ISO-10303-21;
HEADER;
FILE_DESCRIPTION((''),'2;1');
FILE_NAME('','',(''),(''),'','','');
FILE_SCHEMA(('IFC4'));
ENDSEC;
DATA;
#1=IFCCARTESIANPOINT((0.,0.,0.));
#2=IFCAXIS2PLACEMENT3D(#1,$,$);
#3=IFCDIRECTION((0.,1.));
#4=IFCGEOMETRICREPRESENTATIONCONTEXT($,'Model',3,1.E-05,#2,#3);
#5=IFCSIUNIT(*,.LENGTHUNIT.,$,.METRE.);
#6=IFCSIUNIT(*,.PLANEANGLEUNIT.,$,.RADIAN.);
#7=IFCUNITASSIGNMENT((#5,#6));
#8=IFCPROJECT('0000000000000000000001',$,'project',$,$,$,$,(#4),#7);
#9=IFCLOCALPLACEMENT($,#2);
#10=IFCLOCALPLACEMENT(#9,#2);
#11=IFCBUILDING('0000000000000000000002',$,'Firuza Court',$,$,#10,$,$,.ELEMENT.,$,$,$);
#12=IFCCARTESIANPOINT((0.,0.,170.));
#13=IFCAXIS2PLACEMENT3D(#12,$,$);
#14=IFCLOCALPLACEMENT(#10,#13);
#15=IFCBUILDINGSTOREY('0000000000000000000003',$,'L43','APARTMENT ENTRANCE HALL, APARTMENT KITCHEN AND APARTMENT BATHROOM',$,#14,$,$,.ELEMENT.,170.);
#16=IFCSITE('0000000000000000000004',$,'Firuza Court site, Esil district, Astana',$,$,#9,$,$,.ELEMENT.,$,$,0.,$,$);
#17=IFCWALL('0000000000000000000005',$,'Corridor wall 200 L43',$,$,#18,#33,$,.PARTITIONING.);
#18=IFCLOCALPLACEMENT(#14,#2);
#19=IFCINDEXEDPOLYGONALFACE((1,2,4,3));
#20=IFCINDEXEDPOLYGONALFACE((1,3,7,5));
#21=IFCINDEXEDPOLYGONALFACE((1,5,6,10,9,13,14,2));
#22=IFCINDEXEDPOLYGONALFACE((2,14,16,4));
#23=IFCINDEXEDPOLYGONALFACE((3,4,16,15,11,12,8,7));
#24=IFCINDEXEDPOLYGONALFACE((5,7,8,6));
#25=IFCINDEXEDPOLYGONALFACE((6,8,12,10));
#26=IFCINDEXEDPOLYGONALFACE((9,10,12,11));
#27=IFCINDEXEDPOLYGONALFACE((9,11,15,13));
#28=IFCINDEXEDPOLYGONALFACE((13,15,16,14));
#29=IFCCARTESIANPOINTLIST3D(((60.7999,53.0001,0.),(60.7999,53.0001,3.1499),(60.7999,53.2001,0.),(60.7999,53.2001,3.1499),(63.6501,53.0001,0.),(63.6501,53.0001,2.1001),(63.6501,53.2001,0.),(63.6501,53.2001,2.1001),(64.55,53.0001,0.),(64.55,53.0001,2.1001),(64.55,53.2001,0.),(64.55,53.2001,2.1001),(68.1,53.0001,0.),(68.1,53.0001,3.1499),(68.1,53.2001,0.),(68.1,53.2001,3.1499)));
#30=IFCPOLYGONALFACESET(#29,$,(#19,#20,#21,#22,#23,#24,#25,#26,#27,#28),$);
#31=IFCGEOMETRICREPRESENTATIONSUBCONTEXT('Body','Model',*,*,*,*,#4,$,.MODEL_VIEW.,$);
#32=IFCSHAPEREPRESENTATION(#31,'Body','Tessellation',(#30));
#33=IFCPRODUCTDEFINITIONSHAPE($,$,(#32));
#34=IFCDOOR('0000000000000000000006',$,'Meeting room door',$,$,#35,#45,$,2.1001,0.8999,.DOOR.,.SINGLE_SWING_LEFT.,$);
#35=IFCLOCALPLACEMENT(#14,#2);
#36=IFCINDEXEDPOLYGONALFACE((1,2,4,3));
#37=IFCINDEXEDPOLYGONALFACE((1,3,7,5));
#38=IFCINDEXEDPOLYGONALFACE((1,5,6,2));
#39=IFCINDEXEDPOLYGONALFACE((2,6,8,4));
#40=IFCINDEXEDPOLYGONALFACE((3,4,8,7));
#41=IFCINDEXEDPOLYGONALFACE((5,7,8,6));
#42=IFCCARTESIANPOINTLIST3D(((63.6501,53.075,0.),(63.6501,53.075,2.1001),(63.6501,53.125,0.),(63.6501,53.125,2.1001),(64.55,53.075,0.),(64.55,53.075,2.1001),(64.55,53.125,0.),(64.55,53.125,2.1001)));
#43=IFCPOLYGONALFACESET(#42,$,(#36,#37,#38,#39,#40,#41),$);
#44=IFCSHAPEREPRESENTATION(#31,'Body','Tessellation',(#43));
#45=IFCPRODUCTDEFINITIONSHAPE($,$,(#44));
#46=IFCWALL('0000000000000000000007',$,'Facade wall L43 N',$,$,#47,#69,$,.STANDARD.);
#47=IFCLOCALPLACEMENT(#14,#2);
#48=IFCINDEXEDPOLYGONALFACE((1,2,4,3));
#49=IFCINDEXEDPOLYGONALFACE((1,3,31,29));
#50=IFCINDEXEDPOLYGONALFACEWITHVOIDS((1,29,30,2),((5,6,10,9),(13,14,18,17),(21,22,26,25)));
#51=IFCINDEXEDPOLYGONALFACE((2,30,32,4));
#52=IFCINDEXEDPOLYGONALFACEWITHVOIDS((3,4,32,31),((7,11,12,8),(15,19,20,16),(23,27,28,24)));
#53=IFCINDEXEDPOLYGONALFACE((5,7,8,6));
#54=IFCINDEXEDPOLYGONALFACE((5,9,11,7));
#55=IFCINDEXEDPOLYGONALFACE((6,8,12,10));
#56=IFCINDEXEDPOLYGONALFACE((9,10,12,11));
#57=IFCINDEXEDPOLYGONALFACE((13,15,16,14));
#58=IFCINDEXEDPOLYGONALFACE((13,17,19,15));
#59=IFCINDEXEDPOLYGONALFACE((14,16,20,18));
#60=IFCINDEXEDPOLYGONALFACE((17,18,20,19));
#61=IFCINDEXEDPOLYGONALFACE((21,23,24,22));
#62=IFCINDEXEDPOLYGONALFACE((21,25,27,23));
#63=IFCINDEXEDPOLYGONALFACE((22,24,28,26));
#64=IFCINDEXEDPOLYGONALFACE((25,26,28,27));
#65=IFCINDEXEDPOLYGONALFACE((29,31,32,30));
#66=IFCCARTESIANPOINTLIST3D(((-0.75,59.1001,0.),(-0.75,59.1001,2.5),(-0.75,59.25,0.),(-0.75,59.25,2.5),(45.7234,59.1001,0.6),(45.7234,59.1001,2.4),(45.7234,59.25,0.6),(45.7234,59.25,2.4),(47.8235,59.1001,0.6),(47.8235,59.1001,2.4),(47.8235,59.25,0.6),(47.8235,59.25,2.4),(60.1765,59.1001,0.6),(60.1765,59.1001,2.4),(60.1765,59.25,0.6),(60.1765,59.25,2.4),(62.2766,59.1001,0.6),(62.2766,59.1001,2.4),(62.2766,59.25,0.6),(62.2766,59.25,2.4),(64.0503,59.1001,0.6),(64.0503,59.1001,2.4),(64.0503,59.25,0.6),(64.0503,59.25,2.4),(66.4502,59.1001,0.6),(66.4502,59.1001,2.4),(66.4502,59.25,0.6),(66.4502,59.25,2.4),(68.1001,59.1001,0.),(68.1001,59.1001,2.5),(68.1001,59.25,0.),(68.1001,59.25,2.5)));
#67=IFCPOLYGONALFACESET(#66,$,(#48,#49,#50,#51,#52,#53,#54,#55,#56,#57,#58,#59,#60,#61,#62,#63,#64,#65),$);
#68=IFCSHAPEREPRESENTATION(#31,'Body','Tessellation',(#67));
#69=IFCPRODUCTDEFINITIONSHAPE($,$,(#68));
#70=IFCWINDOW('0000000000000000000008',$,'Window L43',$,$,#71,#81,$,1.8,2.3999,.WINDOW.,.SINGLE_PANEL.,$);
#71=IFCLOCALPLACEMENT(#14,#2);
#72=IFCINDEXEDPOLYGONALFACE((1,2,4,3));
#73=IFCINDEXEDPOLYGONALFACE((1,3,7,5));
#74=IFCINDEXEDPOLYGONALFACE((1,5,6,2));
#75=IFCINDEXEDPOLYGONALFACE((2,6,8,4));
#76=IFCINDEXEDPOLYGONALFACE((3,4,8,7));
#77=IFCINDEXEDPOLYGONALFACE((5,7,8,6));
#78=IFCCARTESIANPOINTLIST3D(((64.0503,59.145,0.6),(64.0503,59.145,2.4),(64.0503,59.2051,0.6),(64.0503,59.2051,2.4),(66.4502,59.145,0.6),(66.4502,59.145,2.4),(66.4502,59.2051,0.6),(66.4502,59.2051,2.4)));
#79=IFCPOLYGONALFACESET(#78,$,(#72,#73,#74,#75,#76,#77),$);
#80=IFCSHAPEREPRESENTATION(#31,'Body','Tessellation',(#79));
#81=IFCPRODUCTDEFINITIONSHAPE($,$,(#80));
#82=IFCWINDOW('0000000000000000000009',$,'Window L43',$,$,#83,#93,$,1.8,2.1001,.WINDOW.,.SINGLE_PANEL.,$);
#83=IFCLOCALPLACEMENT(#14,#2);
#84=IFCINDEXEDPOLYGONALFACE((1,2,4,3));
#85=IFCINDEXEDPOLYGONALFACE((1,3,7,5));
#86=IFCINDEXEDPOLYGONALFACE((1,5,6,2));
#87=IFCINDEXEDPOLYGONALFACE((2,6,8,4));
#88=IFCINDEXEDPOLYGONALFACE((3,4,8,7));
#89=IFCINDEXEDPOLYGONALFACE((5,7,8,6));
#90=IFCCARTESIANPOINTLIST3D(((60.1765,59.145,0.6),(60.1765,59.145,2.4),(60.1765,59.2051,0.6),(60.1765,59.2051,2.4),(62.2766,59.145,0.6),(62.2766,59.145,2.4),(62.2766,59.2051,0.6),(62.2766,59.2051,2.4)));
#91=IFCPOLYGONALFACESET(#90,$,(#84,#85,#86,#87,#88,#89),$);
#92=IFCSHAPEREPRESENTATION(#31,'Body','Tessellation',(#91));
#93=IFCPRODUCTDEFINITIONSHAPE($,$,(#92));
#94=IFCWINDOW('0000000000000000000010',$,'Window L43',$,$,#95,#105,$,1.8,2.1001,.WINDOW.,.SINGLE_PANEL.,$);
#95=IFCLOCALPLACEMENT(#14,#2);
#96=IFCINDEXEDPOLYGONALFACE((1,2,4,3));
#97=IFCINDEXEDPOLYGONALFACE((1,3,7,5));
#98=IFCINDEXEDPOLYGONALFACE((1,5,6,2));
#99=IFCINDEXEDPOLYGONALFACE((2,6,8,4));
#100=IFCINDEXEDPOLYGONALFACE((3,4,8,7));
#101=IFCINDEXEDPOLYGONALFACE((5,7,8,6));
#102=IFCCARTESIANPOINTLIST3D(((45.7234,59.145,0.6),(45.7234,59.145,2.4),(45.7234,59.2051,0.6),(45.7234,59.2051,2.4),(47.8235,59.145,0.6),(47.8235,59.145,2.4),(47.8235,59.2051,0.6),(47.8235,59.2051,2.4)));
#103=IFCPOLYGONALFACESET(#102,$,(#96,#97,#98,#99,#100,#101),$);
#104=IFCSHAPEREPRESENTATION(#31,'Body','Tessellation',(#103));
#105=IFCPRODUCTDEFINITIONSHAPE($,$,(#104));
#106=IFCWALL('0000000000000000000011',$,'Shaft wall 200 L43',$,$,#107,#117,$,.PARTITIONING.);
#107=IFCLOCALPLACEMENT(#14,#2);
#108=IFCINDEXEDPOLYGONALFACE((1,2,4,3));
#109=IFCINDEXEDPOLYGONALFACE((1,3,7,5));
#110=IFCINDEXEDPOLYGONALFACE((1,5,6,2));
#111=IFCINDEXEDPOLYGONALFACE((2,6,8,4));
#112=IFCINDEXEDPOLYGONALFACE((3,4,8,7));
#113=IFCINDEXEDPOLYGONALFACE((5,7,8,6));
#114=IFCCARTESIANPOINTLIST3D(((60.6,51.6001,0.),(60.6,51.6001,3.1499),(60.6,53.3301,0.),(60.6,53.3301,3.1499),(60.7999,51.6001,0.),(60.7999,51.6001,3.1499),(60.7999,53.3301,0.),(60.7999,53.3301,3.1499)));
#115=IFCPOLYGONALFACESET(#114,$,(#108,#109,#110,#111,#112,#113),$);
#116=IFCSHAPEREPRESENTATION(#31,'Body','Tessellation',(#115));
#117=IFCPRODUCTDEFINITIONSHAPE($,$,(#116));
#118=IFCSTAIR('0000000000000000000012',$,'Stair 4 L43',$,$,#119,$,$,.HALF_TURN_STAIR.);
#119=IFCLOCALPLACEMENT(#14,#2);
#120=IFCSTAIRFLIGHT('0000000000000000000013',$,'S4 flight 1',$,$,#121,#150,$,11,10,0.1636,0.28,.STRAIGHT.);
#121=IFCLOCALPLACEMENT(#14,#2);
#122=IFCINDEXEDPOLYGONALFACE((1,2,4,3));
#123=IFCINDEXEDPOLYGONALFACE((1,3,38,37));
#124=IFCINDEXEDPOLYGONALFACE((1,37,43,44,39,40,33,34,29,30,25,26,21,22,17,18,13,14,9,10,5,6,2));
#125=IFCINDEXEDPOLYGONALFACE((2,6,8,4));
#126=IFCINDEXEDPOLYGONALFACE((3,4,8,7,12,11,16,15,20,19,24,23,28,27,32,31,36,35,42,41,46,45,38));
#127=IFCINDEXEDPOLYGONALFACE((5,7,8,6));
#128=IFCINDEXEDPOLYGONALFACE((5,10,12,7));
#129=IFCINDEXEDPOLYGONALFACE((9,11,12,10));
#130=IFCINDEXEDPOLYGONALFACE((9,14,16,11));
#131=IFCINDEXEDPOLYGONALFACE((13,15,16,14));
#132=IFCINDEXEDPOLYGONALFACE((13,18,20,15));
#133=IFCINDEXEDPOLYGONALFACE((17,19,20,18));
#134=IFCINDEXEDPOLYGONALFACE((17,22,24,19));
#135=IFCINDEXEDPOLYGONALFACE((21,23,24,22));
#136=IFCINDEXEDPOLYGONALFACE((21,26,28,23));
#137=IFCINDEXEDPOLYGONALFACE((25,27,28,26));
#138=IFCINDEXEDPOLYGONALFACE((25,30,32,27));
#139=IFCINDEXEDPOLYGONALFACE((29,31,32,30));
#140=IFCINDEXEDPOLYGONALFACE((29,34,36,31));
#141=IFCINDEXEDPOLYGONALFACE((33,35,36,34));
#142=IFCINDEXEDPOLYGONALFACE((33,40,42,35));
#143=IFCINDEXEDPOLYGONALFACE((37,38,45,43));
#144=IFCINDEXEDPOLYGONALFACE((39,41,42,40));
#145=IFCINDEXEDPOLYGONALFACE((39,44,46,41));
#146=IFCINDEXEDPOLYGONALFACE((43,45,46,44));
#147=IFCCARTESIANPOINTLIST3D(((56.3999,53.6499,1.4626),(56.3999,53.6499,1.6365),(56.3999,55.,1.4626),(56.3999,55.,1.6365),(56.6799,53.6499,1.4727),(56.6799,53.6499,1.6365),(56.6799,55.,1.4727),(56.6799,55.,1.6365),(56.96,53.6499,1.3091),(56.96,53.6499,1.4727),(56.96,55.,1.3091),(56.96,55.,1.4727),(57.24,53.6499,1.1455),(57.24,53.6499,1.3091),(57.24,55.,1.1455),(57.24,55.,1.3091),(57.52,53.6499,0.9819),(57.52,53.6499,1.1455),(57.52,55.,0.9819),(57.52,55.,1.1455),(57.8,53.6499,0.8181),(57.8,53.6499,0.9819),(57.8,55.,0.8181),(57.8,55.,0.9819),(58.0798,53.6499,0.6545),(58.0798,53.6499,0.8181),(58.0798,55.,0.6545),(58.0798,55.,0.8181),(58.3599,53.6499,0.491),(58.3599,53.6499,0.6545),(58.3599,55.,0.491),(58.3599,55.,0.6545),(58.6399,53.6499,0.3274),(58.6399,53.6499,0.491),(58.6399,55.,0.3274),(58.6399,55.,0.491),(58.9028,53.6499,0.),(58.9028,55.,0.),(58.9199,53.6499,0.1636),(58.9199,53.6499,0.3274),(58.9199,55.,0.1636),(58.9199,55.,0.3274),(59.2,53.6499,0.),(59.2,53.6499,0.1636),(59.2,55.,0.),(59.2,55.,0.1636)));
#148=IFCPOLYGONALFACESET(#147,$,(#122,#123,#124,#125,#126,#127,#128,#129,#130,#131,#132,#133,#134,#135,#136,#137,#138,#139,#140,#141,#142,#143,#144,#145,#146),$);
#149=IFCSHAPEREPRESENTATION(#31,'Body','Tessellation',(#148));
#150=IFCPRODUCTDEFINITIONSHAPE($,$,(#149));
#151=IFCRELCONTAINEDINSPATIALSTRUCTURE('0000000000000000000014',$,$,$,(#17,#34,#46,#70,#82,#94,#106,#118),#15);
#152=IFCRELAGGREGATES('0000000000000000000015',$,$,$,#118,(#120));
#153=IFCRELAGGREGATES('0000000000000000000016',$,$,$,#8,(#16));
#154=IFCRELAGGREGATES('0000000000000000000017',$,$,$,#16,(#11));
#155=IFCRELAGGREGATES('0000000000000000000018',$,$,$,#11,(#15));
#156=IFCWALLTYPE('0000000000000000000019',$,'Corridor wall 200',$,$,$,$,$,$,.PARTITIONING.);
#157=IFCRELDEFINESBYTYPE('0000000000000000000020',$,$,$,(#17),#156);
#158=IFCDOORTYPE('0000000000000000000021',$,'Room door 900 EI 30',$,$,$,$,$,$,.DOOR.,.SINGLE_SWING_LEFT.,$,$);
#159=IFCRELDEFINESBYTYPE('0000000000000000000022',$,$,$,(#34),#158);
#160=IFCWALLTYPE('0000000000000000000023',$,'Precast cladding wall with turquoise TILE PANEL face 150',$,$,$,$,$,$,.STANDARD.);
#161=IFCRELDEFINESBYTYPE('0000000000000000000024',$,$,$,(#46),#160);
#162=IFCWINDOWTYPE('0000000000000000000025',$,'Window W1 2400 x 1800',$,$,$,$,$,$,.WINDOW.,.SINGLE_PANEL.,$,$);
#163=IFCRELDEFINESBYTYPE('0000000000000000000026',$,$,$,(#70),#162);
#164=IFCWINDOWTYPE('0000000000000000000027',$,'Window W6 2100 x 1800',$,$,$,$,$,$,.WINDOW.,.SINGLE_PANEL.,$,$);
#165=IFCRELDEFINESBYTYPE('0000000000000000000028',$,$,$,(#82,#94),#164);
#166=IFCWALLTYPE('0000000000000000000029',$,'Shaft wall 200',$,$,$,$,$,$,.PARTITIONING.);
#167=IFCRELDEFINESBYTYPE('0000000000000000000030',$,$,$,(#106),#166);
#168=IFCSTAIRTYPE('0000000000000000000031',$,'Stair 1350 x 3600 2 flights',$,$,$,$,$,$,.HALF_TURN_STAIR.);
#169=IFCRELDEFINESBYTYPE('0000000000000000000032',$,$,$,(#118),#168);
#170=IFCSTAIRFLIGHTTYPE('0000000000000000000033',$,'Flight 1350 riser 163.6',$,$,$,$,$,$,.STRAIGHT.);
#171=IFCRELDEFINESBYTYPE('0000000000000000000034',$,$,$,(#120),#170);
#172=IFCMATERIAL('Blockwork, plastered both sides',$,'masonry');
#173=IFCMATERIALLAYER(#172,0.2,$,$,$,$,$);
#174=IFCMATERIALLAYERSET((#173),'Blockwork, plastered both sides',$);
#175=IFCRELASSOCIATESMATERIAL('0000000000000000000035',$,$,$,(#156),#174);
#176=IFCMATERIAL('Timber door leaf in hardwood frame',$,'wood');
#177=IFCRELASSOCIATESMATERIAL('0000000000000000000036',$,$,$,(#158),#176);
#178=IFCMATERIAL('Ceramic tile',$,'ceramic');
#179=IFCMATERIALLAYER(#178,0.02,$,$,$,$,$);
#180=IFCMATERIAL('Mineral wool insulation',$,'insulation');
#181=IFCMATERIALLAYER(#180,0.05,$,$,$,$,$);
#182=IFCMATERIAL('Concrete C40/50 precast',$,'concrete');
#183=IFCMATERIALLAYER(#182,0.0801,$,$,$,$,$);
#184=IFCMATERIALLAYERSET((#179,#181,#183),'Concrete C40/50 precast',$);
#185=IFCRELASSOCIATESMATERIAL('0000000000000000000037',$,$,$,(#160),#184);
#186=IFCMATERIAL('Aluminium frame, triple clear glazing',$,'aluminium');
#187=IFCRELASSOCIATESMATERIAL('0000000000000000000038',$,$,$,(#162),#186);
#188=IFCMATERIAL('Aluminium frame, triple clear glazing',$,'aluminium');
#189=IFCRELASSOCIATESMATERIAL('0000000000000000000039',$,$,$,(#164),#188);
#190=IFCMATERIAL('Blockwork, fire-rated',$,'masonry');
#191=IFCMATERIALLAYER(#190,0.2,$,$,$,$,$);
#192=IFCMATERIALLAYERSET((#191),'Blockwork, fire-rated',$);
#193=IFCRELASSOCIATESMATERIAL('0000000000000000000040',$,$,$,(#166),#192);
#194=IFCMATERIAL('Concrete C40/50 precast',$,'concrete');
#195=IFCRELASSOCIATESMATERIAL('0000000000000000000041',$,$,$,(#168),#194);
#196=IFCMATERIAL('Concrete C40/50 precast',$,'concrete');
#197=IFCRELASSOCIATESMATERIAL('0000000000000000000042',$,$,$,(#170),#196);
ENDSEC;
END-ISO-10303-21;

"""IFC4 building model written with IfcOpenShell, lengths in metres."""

from ifc_helpers import new_model, si_unit, direction, frame, frame_2d, origin, place, context, subcontext, project, spatial, polyline, rectangle, outline, extrude, material, layer, layer_set, type_object, element, fill, aggregate, save


model = new_model("IFC4")

# Units and contexts
model_context = context("Model", 3, precision=1e-05, world=origin(), true_north=direction((0.0, 1.0)))
body_context = subcontext(model_context, "Body", "Model", "MODEL_VIEW")
ifc_project = project(units=[si_unit("LENGTHUNIT", "METRE"), si_unit("PLANEANGLEUNIT", "RADIAN")], contexts=[model_context])

# Site, building, storey
site_placement = place(None, origin())
site = spatial("IfcSite", under=ifc_project, at=site_placement, Name="Firuza Court site, Esil district, Astana", CompositionType="ELEMENT", RefElevation=0.0)
building_placement = place(site_placement, origin())
building = spatial("IfcBuilding", under=site, at=building_placement, Name="Firuza Court", CompositionType="ELEMENT")
storey_placement = place(building_placement, frame((0.0, 0.0, 170.0)))
storey = spatial("IfcBuildingStorey", under=building, at=storey_placement, Name="L43", Description="APARTMENT ENTRANCE HALL, APARTMENT KITCHEN AND APARTMENT BATHROOM", CompositionType="ELEMENT", Elevation=170.0)

# Wall, opening, door
ifc_material_1 = material(Name="Blockwork, plastered both sides", Category="masonry")
ifc_layer_1 = layer(ifc_material_1, 0.2)
ifc_layer_set_1 = layer_set([ifc_layer_1], Name="Blockwork, plastered both sides")
wall_type_1 = type_object("IfcWallType", Name="Corridor wall 200", PredefinedType="PARTITIONING", material=ifc_layer_set_1)
wall_1_placement = place(storey_placement, frame((60.8, 53.1001, 0.0), z_axis=(0.0, 0.0, 1.0), x_axis=(1.0, 0.0, 0.0)))
wall_1 = element("IfcWall", 1, at=wall_1_placement, inside=storey, type_object=wall_type_1, Name="Corridor wall 200 L43", PredefinedType="PARTITIONING", context=body_context, shape_type="SweptSolid", body=[
    extrude(rectangle(XDim=7.3, YDim=0.2, at=frame_2d((3.6499, 0.0))), origin(), (0.0, 0.0, 1.0), 3.1499),
])
opening_1_placement = place(wall_1_placement, frame((2.8501, 0.0, 0.0)))
opening_1 = element("IfcOpeningElement", 2, at=opening_1_placement, cuts=wall_1, PredefinedType="OPENING", context=body_context, shape_type="SweptSolid", body=[
    extrude(rectangle(XDim=0.8999, YDim=2.1001, at=frame_2d((0.45, 1.05))), frame((0.0, 0.1118, 0.0), z_axis=(0.0, -1.0, 0.0), x_axis=(1.0, 0.0, 0.0)), (0.0, 0.0, 1.0), 0.2239),
])
ifc_material_2 = material(Name="Timber door leaf in hardwood frame", Category="wood")
door_type_1 = type_object("IfcDoorType", Name="Room door 900 EI 30", OperationType="SINGLE_SWING_LEFT", PredefinedType="DOOR", material=ifc_material_2)
door_1_placement = place(opening_1_placement, origin())
door_1 = element("IfcDoor", 3, at=door_1_placement, inside=storey, type_object=door_type_1, Name="Meeting room door", OperationType="SINGLE_SWING_LEFT", OverallHeight=2.1001, OverallWidth=0.8999, PredefinedType="DOOR", context=body_context, shape_type="SweptSolid", body=[
    extrude(rectangle(XDim=0.8999, YDim=2.1001, at=frame_2d((0.45, 1.05))), frame((0.0, 0.0249, 0.0), z_axis=(0.0, -1.0, 0.0), x_axis=(1.0, 0.0, 0.0)), (0.0, 0.0, 1.0), 0.05),
])
fill(opening_1, door_1)

# Wall, openings, windows
ifc_material_3 = material(Name="Ceramic tile", Category="ceramic")
ifc_layer_2 = layer(ifc_material_3, 0.02)
ifc_material_4 = material(Name="Mineral wool insulation", Category="insulation")
ifc_layer_3 = layer(ifc_material_4, 0.05)
ifc_material_5 = material(Name="Concrete C40/50 precast", Category="concrete")
ifc_layer_4 = layer(ifc_material_5, 0.0801)
ifc_layer_set_2 = layer_set([ifc_layer_2, ifc_layer_3, ifc_layer_4], Name="Concrete C40/50 precast")
wall_type_2 = type_object("IfcWallType", Name="Precast cladding wall with turquoise TILE PANEL face 150", PredefinedType="STANDARD", material=ifc_layer_set_2)
wall_2_placement = place(storey_placement, frame((68.1001, 59.175, 0.0), z_axis=(0.0, 0.0, 1.0), x_axis=(-1.0, 0.0, 0.0)))
wall_2 = element("IfcWall", 4, at=wall_2_placement, inside=storey, type_object=wall_type_2, Name="Facade wall L43 N", PredefinedType="STANDARD", context=body_context, shape_type="SweptSolid", body=[
    extrude(rectangle(XDim=68.8501, YDim=0.1499, at=frame_2d((34.425, 0.0))), origin(), (0.0, 0.0, 1.0), 2.5),
])
opening_2_placement = place(wall_2_placement, frame((1.6499, 0.0, 0.6001)))
opening_2 = element("IfcOpeningElement", 5, at=opening_2_placement, cuts=wall_2, PredefinedType="OPENING", context=body_context, shape_type="SweptSolid", body=[
    extrude(rectangle(XDim=2.3999, YDim=1.8, at=frame_2d((1.2, 0.8999))), frame((0.0, 0.0869, 0.0), z_axis=(0.0, -1.0, 0.0), x_axis=(1.0, 0.0, 0.0)), (0.0, 0.0, 1.0), 0.1738),
])
opening_3_placement = place(wall_2_placement, frame((5.8235, 0.0, 0.6001)))
opening_3 = element("IfcOpeningElement", 6, at=opening_3_placement, cuts=wall_2, PredefinedType="OPENING", context=body_context, shape_type="SweptSolid", body=[
    extrude(rectangle(XDim=2.1001, YDim=1.8, at=frame_2d((1.05, 0.8999))), frame((0.0, 0.0869, 0.0), z_axis=(0.0, -1.0, 0.0), x_axis=(1.0, 0.0, 0.0)), (0.0, 0.0, 1.0), 0.1738),
])
opening_4_placement = place(wall_2_placement, frame((20.2766, 0.0, 0.6001)))
opening_4 = element("IfcOpeningElement", 7, at=opening_4_placement, cuts=wall_2, PredefinedType="OPENING", context=body_context, shape_type="SweptSolid", body=[
    extrude(rectangle(XDim=2.1001, YDim=1.8, at=frame_2d((1.05, 0.8999))), frame((0.0, 0.0869, 0.0), z_axis=(0.0, -1.0, 0.0), x_axis=(1.0, 0.0, 0.0)), (0.0, 0.0, 1.0), 0.1738),
])
ifc_material_6 = material(Name="Aluminium frame, triple clear glazing", Category="aluminium")
window_type_1 = type_object("IfcWindowType", Name="Window W1 2400 x 1800", PartitioningType="SINGLE_PANEL", PredefinedType="WINDOW", material=ifc_material_6)
window_1_placement = place(opening_2_placement, origin())
window_1 = element("IfcWindow", 8, at=window_1_placement, inside=storey, type_object=window_type_1, Name="Window L43", OverallHeight=1.8, OverallWidth=2.3999, PartitioningType="SINGLE_PANEL", PredefinedType="WINDOW", context=body_context, shape_type="SweptSolid", body=[
    extrude(rectangle(XDim=2.3999, YDim=1.8, at=frame_2d((1.2, 0.8999))), frame((0.0, 0.03, 0.0), z_axis=(0.0, -1.0, 0.0), x_axis=(1.0, 0.0, 0.0)), (0.0, 0.0, 1.0), 0.0601),
])
fill(opening_2, window_1)
ifc_material_7 = material(Name="Aluminium frame, triple clear glazing", Category="aluminium")
window_type_2 = type_object("IfcWindowType", Name="Window W6 2100 x 1800", PartitioningType="SINGLE_PANEL", PredefinedType="WINDOW", material=ifc_material_7)
window_2_placement = place(opening_3_placement, origin())
window_2 = element("IfcWindow", 9, at=window_2_placement, inside=storey, type_object=window_type_2, Name="Window L43", OverallHeight=1.8, OverallWidth=2.1001, PartitioningType="SINGLE_PANEL", PredefinedType="WINDOW", context=body_context, shape_type="SweptSolid", body=[
    extrude(rectangle(XDim=2.1001, YDim=1.8, at=frame_2d((1.05, 0.8999))), frame((0.0, 0.03, 0.0), z_axis=(0.0, -1.0, 0.0), x_axis=(1.0, 0.0, 0.0)), (0.0, 0.0, 1.0), 0.0601),
])
fill(opening_3, window_2)
window_3_placement = place(opening_4_placement, origin())
window_3 = element("IfcWindow", 10, at=window_3_placement, inside=storey, type_object=window_type_2, Name="Window L43", OverallHeight=1.8, OverallWidth=2.1001, PartitioningType="SINGLE_PANEL", PredefinedType="WINDOW", context=body_context, shape_type="SweptSolid", body=[
    extrude(rectangle(XDim=2.1001, YDim=1.8, at=frame_2d((1.05, 0.8999))), frame((0.0, 0.03, 0.0), z_axis=(0.0, -1.0, 0.0), x_axis=(1.0, 0.0, 0.0)), (0.0, 0.0, 1.0), 0.0601),
])
fill(opening_4, window_3)

# Wall
ifc_material_8 = material(Name="Blockwork, fire-rated", Category="masonry")
ifc_layer_5 = layer(ifc_material_8, 0.2)
ifc_layer_set_3 = layer_set([ifc_layer_5], Name="Blockwork, fire-rated")
wall_type_3 = type_object("IfcWallType", Name="Shaft wall 200", PredefinedType="PARTITIONING", material=ifc_layer_set_3)
wall_3_placement = place(storey_placement, frame((60.7, 51.6001, 0.0), z_axis=(0.0, 0.0, 1.0), x_axis=(0.0, 1.0, 0.0)))
element("IfcWall", 11, at=wall_3_placement, inside=storey, type_object=wall_type_3, Name="Shaft wall 200 L43", PredefinedType="PARTITIONING", context=body_context, shape_type="SweptSolid", body=[
    extrude(rectangle(XDim=1.73, YDim=0.2, at=frame_2d((0.865, 0.0))), origin(), (0.0, 0.0, 1.0), 3.1499),
])

# Stair, stair flight
ifc_material_9 = material(Name="Concrete C40/50 precast", Category="concrete")
stair_type = type_object("IfcStairType", Name="Stair 1350 x 3600 2 flights", PredefinedType="HALF_TURN_STAIR", material=ifc_material_9)
stair_placement = place(storey_placement, origin())
stair = element("IfcStair", 12, at=stair_placement, inside=storey, type_object=stair_type, Name="Stair 4 L43", PredefinedType="HALF_TURN_STAIR")
ifc_material_10 = material(Name="Concrete C40/50 precast", Category="concrete")
stair_flight_type = type_object("IfcStairFlightType", Name="Flight 1350 riser 163.6", PredefinedType="STRAIGHT", material=ifc_material_10)
stair_flight_1_placement = place(storey_placement, frame((59.2, 54.325, 0.0), z_axis=(0.0, 0.0, 1.0), x_axis=(-1.0, 0.0, 0.0)))
stair_flight_1 = element("IfcStairFlight", 13, at=stair_flight_1_placement, type_object=stair_flight_type, Name="S4 flight 1", NumberOfRisers=11, NumberOfTreads=10, PredefinedType="STRAIGHT", RiserHeight=0.1636, TreadLength=0.28, context=body_context, shape_type="SweptSolid", body=[
    extrude(outline(polyline([(0.0, 0.0), (0.0, 0.1636), (0.28, 0.1636), (0.28, 0.3274), (0.5601, 0.3274), (0.5601, 0.491), (0.8401, 0.491), (0.8401, 0.6545), (1.1201, 0.6545), (1.1201, 0.8181), (1.3999, 0.8181), (1.3999, 0.9819), (1.6799, 0.9819), (1.6799, 1.1455), (1.96, 1.1455), (1.96, 1.3091), (2.24, 1.3091), (2.24, 1.4727), (2.52, 1.4727), (2.52, 1.6365), (2.8, 1.6365), (2.8, 1.8), (2.8, 1.4626), (0.2971, 0.0), (0.0, 0.0)])), frame((0.0, 0.675, 0.0), z_axis=(0.0, -1.0, 0.0), x_axis=(1.0, 0.0, 0.0)), (0.0, 0.0, 1.0), 1.3501),
])
aggregate(stair, [stair_flight_1])

save(model, "model.ifc")
